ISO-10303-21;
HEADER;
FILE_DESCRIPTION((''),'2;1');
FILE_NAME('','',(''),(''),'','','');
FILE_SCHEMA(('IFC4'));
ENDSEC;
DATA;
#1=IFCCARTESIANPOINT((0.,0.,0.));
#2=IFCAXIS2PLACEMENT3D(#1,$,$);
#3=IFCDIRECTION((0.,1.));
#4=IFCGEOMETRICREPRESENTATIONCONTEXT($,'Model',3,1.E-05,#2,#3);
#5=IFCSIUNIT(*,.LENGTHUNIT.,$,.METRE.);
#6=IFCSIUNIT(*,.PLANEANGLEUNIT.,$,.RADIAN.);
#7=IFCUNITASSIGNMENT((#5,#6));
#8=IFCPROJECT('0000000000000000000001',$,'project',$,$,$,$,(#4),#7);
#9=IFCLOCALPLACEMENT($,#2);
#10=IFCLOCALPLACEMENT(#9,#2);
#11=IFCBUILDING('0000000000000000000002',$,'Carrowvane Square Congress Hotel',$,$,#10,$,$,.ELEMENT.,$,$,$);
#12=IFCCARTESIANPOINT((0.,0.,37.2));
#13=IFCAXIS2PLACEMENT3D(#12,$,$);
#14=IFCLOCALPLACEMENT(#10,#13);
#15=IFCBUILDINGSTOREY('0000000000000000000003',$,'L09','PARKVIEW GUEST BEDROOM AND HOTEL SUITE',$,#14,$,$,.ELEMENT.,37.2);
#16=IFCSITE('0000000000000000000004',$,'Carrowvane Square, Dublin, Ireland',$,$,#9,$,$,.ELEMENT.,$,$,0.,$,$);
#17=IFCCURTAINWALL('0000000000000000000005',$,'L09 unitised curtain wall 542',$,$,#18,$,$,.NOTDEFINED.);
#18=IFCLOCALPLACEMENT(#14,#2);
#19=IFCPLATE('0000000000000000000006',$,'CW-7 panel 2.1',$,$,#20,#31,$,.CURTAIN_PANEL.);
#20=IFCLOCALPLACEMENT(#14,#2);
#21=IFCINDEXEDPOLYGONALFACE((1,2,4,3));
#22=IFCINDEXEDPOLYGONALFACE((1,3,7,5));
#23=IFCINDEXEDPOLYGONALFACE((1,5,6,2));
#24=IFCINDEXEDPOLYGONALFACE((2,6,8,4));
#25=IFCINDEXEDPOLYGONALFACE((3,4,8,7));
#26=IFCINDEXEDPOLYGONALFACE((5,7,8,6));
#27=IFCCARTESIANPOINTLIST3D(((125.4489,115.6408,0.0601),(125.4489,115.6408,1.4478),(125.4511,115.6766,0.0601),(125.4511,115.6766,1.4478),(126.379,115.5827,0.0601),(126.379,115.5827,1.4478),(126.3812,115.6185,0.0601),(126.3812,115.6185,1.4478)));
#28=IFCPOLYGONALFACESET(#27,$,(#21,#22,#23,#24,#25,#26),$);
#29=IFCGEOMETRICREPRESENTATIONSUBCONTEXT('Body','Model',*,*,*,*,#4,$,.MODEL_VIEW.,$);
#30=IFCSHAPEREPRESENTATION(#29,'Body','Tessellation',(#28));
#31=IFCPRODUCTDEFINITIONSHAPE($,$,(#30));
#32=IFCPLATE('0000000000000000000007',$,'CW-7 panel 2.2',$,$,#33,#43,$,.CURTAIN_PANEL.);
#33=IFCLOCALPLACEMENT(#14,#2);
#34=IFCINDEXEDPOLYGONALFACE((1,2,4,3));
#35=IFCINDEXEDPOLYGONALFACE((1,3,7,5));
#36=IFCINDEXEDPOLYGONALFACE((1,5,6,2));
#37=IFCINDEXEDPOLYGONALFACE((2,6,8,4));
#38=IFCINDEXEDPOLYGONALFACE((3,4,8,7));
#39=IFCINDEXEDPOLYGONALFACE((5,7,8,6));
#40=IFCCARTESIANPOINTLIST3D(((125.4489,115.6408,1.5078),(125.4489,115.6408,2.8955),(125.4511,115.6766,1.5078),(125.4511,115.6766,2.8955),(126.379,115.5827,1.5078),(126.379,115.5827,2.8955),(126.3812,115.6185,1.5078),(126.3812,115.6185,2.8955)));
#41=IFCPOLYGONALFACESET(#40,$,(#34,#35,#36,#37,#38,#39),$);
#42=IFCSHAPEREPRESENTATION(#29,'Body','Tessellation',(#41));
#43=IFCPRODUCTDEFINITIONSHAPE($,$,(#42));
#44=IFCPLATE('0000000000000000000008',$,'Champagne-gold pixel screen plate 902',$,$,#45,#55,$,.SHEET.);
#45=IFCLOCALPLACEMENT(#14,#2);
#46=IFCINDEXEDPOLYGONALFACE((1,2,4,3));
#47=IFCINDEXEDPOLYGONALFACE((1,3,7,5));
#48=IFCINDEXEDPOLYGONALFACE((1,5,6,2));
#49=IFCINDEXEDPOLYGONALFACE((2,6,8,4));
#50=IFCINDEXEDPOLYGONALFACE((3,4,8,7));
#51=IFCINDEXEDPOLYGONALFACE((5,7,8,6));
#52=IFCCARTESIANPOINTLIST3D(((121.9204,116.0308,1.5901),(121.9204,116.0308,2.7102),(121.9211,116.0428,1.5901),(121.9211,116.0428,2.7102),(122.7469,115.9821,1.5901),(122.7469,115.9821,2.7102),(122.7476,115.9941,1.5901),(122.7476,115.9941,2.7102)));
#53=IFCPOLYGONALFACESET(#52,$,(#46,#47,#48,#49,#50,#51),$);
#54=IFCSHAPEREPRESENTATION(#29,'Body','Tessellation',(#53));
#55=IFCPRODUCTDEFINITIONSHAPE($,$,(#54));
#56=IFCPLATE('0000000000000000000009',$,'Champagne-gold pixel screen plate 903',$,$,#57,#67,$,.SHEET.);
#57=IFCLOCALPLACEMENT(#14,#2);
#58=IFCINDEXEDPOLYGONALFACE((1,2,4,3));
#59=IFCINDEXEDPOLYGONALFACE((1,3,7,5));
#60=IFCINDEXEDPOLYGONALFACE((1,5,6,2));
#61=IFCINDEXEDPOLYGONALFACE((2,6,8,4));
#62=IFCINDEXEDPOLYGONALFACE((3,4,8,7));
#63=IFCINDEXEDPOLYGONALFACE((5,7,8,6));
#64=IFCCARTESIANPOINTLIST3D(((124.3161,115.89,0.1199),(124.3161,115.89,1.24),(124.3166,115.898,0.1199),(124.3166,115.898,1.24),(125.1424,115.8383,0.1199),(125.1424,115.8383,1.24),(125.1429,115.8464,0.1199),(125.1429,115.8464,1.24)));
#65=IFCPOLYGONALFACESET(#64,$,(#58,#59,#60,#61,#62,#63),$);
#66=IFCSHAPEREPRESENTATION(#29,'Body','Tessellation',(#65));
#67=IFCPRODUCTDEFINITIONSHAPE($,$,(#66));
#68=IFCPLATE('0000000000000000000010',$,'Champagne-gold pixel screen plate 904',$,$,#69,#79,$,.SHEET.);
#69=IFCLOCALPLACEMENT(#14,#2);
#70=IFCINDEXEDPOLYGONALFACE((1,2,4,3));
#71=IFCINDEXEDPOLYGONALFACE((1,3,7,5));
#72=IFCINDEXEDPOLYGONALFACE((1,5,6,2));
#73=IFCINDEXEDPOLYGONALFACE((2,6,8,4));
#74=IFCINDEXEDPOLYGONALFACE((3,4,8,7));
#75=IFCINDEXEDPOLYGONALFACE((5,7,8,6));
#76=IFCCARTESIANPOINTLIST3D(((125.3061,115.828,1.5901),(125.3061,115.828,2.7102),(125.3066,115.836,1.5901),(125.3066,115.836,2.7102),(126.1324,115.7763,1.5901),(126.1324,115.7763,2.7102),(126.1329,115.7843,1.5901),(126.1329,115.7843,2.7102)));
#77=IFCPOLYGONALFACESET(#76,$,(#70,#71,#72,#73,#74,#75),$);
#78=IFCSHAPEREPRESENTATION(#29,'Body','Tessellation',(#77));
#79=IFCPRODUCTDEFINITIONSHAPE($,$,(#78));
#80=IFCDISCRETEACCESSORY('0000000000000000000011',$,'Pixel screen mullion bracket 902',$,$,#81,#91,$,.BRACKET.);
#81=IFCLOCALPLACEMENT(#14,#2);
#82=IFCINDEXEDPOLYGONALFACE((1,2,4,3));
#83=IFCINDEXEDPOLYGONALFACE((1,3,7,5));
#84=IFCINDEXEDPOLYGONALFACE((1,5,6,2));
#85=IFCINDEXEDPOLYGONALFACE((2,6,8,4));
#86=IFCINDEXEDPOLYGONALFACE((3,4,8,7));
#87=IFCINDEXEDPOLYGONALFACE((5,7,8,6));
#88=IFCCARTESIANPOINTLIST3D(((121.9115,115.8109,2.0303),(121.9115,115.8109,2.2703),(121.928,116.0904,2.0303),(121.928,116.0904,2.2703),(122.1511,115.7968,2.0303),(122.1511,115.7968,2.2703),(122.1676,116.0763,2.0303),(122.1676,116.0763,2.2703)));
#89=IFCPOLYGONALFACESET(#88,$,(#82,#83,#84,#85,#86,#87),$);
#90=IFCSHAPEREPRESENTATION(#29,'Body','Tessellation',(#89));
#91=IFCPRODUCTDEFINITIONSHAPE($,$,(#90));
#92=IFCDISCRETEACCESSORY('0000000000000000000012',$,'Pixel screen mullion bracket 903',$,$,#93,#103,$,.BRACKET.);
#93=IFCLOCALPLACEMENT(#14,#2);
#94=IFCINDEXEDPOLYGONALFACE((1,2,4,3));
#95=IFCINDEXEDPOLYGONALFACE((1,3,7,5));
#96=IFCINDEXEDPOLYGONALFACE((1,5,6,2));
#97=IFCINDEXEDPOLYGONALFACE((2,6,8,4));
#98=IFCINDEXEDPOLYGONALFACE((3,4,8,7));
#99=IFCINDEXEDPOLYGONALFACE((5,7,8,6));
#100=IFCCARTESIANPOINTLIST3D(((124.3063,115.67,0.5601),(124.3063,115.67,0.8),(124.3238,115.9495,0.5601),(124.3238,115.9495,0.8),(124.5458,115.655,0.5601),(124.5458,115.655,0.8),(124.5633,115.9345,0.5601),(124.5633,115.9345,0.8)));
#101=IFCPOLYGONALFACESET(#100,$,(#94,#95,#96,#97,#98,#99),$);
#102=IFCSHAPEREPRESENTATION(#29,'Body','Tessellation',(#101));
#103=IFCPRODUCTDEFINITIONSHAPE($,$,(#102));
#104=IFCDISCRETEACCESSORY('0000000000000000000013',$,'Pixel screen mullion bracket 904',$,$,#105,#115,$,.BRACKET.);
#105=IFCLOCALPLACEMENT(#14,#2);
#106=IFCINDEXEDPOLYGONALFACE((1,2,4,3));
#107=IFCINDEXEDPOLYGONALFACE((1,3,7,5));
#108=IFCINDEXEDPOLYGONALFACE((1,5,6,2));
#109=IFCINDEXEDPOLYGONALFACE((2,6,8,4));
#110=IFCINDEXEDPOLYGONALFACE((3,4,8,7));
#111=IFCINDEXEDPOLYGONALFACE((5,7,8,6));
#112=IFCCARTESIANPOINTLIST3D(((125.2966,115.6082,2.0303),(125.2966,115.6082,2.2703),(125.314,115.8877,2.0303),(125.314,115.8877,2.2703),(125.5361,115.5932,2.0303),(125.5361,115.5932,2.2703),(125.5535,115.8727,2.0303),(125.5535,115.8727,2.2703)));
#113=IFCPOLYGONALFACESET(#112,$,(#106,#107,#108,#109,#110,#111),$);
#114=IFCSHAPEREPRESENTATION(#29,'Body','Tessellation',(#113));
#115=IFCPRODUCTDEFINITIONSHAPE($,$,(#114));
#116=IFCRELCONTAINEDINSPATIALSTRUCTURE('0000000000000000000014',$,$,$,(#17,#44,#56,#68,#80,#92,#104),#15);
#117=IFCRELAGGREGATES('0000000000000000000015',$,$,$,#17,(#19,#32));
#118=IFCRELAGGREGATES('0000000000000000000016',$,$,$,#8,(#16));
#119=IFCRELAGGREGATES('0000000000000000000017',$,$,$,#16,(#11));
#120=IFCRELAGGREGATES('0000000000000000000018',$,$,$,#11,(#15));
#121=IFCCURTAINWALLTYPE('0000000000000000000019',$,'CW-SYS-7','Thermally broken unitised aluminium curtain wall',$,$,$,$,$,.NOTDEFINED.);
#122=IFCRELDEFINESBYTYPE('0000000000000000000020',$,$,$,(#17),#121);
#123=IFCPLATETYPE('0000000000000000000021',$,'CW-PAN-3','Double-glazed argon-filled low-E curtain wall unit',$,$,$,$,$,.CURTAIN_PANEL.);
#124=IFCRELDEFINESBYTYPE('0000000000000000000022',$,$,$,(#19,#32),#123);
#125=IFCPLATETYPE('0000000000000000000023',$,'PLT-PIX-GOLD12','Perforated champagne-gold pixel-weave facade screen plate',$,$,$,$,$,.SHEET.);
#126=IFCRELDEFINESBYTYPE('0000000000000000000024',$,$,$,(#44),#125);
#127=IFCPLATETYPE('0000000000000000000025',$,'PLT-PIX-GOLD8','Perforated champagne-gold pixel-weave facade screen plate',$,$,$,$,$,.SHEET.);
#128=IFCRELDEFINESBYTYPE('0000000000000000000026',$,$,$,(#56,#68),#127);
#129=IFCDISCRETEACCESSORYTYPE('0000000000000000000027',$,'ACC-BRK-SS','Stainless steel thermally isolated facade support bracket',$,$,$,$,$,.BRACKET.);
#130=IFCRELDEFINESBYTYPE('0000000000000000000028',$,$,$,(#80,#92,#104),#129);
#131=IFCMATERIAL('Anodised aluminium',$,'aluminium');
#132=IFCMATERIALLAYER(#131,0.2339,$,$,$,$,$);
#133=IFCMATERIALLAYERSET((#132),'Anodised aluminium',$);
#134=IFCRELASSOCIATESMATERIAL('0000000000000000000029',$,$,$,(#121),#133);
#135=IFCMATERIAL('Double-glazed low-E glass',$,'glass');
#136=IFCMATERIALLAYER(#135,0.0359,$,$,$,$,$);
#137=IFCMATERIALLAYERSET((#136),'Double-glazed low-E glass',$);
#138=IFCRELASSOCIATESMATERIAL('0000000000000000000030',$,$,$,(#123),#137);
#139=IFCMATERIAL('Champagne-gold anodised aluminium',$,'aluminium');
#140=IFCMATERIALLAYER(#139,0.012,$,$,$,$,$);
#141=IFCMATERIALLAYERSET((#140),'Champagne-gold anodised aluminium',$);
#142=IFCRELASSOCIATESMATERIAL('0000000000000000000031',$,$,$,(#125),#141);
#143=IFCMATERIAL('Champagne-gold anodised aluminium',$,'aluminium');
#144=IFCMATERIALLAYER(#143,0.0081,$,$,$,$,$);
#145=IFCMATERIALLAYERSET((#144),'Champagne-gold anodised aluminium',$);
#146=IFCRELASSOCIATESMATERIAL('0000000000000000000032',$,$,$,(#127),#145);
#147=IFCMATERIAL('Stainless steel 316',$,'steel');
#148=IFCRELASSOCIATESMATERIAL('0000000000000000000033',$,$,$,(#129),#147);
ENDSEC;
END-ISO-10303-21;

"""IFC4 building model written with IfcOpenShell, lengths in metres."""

from ifc_helpers import new_model, si_unit, direction, frame, origin, origin_2d, place, context, subcontext, project, spatial, rectangle, extrude, material, layer, layer_set, type_object, element, aggregate, save


model = new_model("IFC4")

# Units and contexts
model_context = context("Model", 3, precision=1e-05, world=origin(), true_north=direction((0.0, 1.0)))
body_context = subcontext(model_context, "Body", "Model", "MODEL_VIEW")
ifc_project = project(units=[si_unit("LENGTHUNIT", "METRE"), si_unit("PLANEANGLEUNIT", "RADIAN")], contexts=[model_context])

# Site, building, storey
site_placement = place(None, origin())
site = spatial("IfcSite", under=ifc_project, at=site_placement, Name="Carrowvane Square, Dublin, Ireland", CompositionType="ELEMENT", RefElevation=0.0)
building_placement = place(site_placement, origin())
building = spatial("IfcBuilding", under=site, at=building_placement, Name="Carrowvane Square Congress Hotel", CompositionType="ELEMENT")
storey_placement = place(building_placement, frame((0.0, 0.0, 37.2)))
storey = spatial("IfcBuildingStorey", under=building, at=storey_placement, Name="L09", Description="PARKVIEW GUEST BEDROOM AND HOTEL SUITE", CompositionType="ELEMENT", Elevation=37.2)

# Curtain wall
ifc_material_1 = material(Name="Anodised aluminium", Category="aluminium")
ifc_layer_1 = layer(ifc_material_1, 0.2339)
ifc_layer_set_1 = layer_set([ifc_layer_1], Name="Anodised aluminium")
curtain_wall_type_1 = type_object("IfcCurtainWallType", Name="CW-SYS-7", Description="Thermally broken unitised aluminium curtain wall", PredefinedType="NOTDEFINED", material=ifc_layer_set_1)
curtain_wall_1_placement = place(storey_placement, origin())
curtain_wall_1 = element("IfcCurtainWall", 1, at=curtain_wall_1_placement, inside=storey, type_object=curtain_wall_type_1, Name="L09 unitised curtain wall 542", PredefinedType="NOTDEFINED")

# Plates
ifc_material_2 = material(Name="Double-glazed low-E glass", Category="glass")
ifc_layer_2 = layer(ifc_material_2, 0.0359)
ifc_layer_set_2 = layer_set([ifc_layer_2], Name="Double-glazed low-E glass")
plate_type_1 = type_object("IfcPlateType", Name="CW-PAN-3", Description="Double-glazed argon-filled low-E curtain wall unit", PredefinedType="CURTAIN_PANEL", material=ifc_layer_set_2)
plate_1_placement = place(storey_placement, frame((125.915, 115.6296, 0.0601), z_axis=(0.0, 0.0, 1.0), x_axis=(0.998051, -0.062397, 0.0)))
plate_1 = element("IfcPlate", 2, at=plate_1_placement, type_object=plate_type_1, Name="CW-7 panel 2.1", PredefinedType="CURTAIN_PANEL", context=body_context, shape_type="SweptSolid", body=[
    extrude(rectangle(XDim=0.9319, YDim=0.0359, at=origin_2d()), origin(), (0.0, 0.0, 1.0), 1.3877),
])
plate_2_placement = place(storey_placement, frame((125.915, 115.6296, 1.5078), z_axis=(0.0, 0.0, 1.0), x_axis=(0.998051, -0.062397, 0.0)))
plate_2 = element("IfcPlate", 3, at=plate_2_placement, type_object=plate_type_1, Name="CW-7 panel 2.2", PredefinedType="CURTAIN_PANEL", context=body_context, shape_type="SweptSolid", body=[
    extrude(rectangle(XDim=0.9319, YDim=0.0359, at=origin_2d()), origin(), (0.0, 0.0, 1.0), 1.3877),
])
aggregate(curtain_wall_1, [plate_1, plate_2])

# Plates
ifc_material_3 = material(Name="Champagne-gold anodised aluminium", Category="aluminium")
ifc_layer_3 = layer(ifc_material_3, 0.012)
ifc_layer_set_3 = layer_set([ifc_layer_3], Name="Champagne-gold anodised aluminium")
plate_type_2 = type_object("IfcPlateType", Name="PLT-PIX-GOLD12", Description="Perforated champagne-gold pixel-weave facade screen plate", PredefinedType="SHEET", material=ifc_layer_set_3)
plate_3_placement = place(storey_placement, frame((122.334, 116.0125, 1.5901), z_axis=(0.0, 0.0, 1.0), x_axis=(0.998267, -0.058852, 0.0)))
element("IfcPlate", 4, at=plate_3_placement, inside=storey, type_object=plate_type_2, Name="Champagne-gold pixel screen plate 902", PredefinedType="SHEET", context=body_context, shape_type="SweptSolid", body=[
    extrude(rectangle(XDim=0.8279, YDim=0.012, at=origin_2d()), origin(), (0.0, 0.0, 1.0), 1.1201),
])
ifc_material_4 = material(Name="Champagne-gold anodised aluminium", Category="aluminium")
ifc_layer_4 = layer(ifc_material_4, 0.0081)
ifc_layer_set_4 = layer_set([ifc_layer_4], Name="Champagne-gold anodised aluminium")
plate_type_3 = type_object("IfcPlateType", Name="PLT-PIX-GOLD8", Description="Perforated champagne-gold pixel-weave facade screen plate", PredefinedType="SHEET", material=ifc_layer_set_4)
for number, where, z_axis, x_axis, name in (
    (5, (124.7295, 115.8682, 0.1199), (0.0, 0.0, 1.0), (0.998051, -0.062397, 0.0), "Champagne-gold pixel screen plate 903"),
    (6, (125.7195, 115.8062, 1.5901), (0.0, 0.0, 1.0), (0.998051, -0.062397, 0.0), "Champagne-gold pixel screen plate 904"),
):
    element("IfcPlate", number, at=place(storey_placement, frame(where, z_axis=z_axis, x_axis=x_axis)), inside=storey, type_object=plate_type_3, Name=name, PredefinedType="SHEET", context=body_context, shape_type="SweptSolid", body=[
        extrude(rectangle(XDim=0.8279, YDim=0.0081, at=origin_2d()), origin(), (0.0, 0.0, 1.0), 1.1201),
    ])

# Discrete accessories
ifc_material_5 = material(Name="Stainless steel 316", Category="steel")
discrete_accessory_type = type_object("IfcDiscreteAccessoryType", Name="ACC-BRK-SS", Description="Stainless steel thermally isolated facade support bracket", PredefinedType="BRACKET", material=ifc_material_5)
for number, where, z_axis, x_axis, name in (
    (7, (122.0396, 115.9436, 2.0303), (0.0, 0.0, 1.0), (0.998267, -0.058852, 0.0), "Pixel screen mullion bracket 902"),
    (8, (124.4348, 115.8022, 0.5601), (0.0, 0.0, 1.0), (0.998051, -0.062397, 0.0), "Pixel screen mullion bracket 903"),
    (9, (125.425, 115.7405, 2.0303), (0.0, 0.0, 1.0), (0.998051, -0.062397, 0.0), "Pixel screen mullion bracket 904"),
):
    element("IfcDiscreteAccessory", number, at=place(storey_placement, frame(where, z_axis=z_axis, x_axis=x_axis)), inside=storey, type_object=discrete_accessory_type, Name=name, PredefinedType="BRACKET", context=body_context, shape_type="SweptSolid", body=[
        extrude(rectangle(XDim=0.24, YDim=0.28, at=origin_2d()), origin(), (0.0, 0.0, 1.0), 0.24),
    ])

save(model, "model.ifc")
